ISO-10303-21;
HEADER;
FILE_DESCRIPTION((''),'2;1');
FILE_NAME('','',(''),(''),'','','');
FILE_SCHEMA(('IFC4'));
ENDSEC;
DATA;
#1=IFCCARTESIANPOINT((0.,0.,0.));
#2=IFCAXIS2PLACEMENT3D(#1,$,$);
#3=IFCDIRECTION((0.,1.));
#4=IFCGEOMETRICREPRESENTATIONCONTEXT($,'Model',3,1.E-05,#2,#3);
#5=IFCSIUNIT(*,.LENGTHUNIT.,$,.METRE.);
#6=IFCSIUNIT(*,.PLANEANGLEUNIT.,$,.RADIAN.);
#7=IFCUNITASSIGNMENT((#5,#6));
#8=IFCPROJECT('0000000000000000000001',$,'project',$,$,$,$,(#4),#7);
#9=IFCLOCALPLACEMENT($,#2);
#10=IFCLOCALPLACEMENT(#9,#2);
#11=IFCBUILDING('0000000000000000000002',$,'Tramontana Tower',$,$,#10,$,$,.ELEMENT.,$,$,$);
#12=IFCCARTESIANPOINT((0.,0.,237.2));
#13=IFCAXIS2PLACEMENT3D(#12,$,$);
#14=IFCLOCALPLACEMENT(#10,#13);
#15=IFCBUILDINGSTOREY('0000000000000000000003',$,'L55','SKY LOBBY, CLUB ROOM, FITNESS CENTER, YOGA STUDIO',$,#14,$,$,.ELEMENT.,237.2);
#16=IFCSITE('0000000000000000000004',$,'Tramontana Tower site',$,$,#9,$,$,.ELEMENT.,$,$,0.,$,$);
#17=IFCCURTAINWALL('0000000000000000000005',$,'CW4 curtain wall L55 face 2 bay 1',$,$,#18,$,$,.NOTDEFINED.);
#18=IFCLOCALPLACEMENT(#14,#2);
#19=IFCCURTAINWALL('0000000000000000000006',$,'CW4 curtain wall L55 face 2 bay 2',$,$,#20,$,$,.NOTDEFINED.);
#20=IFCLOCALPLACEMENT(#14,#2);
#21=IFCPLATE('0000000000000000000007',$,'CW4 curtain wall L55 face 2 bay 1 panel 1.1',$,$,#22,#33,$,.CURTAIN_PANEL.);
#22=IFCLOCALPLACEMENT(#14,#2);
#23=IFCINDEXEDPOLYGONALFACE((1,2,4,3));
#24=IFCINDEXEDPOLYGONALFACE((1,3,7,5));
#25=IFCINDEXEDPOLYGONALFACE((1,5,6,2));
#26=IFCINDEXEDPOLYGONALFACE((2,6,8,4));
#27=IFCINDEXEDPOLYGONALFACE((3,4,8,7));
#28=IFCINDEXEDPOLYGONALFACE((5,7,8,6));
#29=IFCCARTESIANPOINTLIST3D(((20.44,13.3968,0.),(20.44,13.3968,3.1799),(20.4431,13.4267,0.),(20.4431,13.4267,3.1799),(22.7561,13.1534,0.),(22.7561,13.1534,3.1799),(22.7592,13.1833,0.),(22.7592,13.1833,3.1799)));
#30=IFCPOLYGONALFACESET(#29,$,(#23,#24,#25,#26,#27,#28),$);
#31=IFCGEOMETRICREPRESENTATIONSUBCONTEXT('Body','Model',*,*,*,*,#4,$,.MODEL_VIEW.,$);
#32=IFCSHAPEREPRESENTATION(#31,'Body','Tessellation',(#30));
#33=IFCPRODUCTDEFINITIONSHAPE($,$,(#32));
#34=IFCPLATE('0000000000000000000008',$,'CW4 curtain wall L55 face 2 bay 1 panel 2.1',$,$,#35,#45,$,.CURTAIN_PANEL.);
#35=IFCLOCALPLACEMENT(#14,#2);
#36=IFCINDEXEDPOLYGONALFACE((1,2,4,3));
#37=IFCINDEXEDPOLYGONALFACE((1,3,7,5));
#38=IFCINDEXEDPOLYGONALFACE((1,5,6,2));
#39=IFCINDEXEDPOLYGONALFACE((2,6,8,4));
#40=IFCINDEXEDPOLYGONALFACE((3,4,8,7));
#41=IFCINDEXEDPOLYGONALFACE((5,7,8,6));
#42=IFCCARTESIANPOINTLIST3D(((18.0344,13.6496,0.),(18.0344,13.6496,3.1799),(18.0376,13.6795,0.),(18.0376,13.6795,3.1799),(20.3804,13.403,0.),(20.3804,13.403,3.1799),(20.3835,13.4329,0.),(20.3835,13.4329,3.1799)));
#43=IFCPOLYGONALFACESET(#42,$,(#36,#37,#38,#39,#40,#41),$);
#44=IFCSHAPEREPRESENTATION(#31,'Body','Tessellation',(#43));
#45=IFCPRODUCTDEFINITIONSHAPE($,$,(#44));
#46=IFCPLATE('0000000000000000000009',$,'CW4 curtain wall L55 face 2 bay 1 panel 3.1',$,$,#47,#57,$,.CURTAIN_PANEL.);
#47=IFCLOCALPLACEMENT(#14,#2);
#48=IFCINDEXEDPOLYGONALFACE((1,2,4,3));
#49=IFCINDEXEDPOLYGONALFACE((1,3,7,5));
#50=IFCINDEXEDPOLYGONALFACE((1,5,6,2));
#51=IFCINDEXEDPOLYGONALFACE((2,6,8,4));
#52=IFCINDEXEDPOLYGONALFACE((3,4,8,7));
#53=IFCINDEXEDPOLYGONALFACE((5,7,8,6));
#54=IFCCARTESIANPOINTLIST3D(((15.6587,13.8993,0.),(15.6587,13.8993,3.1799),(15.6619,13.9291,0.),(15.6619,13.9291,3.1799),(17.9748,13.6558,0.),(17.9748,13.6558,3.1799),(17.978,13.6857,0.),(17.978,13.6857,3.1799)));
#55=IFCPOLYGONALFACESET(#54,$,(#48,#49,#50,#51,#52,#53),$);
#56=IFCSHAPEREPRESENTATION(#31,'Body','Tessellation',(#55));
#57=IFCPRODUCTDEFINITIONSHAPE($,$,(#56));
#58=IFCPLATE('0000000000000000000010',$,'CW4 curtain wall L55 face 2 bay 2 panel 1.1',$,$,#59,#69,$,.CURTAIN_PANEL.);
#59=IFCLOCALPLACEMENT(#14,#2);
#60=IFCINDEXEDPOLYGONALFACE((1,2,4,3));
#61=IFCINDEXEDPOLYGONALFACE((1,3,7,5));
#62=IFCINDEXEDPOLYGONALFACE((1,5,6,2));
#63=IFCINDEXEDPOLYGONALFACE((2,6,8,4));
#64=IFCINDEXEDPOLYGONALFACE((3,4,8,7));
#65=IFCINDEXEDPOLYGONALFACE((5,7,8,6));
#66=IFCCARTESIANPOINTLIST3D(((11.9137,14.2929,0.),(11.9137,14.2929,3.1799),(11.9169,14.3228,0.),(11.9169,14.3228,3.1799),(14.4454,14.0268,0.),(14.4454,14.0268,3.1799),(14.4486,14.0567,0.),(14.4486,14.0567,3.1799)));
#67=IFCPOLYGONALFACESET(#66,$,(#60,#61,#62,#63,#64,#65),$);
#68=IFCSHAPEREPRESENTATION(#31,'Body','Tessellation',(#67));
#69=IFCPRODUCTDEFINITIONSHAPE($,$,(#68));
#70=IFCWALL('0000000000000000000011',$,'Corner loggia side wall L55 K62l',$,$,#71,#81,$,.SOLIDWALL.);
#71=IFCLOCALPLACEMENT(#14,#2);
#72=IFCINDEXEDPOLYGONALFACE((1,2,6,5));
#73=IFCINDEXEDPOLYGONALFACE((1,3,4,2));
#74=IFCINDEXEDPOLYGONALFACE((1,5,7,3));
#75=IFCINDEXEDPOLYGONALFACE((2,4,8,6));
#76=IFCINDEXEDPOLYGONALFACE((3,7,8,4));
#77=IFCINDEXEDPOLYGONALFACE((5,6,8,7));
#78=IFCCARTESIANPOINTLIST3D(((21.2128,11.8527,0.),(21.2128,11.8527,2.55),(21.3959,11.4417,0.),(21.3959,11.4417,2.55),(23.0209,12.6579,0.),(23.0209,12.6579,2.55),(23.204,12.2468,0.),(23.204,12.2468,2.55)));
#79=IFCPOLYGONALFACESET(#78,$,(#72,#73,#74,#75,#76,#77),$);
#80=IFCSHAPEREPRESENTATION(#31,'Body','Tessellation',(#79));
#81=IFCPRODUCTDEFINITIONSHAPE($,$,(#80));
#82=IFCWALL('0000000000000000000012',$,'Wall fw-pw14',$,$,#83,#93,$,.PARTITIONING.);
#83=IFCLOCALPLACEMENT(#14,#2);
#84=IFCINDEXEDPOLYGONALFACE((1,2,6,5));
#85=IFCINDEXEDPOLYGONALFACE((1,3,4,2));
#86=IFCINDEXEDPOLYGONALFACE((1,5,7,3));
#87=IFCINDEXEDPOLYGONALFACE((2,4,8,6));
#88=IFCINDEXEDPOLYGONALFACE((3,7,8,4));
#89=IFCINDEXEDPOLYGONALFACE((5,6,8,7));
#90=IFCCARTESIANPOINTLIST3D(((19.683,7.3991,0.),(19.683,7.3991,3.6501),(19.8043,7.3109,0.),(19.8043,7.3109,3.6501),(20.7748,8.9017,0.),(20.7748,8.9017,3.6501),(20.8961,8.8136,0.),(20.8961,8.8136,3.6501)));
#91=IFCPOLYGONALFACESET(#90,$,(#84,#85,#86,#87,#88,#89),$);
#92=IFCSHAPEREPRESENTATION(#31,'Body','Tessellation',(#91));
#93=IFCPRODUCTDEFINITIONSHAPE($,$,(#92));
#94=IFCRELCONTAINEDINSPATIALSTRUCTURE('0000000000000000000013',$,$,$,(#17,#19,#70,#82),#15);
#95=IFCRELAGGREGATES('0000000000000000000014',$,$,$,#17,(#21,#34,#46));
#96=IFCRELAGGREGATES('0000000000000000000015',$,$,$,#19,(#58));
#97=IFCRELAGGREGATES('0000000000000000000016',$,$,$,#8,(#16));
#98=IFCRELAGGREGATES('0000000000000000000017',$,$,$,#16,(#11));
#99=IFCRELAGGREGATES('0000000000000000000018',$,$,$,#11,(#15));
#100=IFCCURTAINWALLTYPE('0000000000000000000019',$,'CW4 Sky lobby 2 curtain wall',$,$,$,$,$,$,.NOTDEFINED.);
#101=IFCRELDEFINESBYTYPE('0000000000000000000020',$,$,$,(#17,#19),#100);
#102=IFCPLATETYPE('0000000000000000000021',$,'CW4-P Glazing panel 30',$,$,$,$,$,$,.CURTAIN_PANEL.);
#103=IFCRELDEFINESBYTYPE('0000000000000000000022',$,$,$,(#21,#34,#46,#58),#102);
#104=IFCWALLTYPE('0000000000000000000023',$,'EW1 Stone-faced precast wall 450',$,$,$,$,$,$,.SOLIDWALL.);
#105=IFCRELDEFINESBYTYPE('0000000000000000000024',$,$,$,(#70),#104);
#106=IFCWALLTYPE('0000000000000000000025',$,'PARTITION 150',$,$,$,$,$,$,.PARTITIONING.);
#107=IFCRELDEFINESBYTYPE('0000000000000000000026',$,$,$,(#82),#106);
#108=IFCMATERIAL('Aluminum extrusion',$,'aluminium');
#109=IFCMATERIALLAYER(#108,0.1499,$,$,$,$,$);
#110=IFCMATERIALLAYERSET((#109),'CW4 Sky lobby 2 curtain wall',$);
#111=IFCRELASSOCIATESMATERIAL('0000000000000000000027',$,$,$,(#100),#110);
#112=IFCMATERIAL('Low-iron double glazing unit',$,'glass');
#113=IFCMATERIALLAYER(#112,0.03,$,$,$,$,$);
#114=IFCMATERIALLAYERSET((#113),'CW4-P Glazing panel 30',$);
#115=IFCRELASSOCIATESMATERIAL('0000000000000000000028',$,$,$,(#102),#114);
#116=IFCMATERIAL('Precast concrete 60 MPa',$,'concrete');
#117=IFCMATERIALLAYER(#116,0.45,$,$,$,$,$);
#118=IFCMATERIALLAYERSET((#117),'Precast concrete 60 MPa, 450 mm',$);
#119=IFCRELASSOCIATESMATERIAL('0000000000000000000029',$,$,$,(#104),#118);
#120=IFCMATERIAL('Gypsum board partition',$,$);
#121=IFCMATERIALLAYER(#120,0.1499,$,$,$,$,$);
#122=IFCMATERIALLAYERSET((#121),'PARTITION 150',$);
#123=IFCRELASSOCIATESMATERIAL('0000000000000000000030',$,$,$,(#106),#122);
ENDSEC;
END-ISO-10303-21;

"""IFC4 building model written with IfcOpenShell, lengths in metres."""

from ifc_helpers import new_model, si_unit, direction, frame, frame_2d, origin, origin_2d, place, context, subcontext, project, spatial, rectangle, extrude, material, layer, layer_set, type_object, element, aggregate, save


model = new_model("IFC4")

# Units and contexts
model_context = context("Model", 3, precision=1e-05, world=origin(), true_north=direction((0.0, 1.0)))
body_context = subcontext(model_context, "Body", "Model", "MODEL_VIEW")
ifc_project = project(units=[si_unit("LENGTHUNIT", "METRE"), si_unit("PLANEANGLEUNIT", "RADIAN")], contexts=[model_context])

# Site, building, storey
site_placement = place(None, origin())
site = spatial("IfcSite", under=ifc_project, at=site_placement, Name="Tramontana Tower site", CompositionType="ELEMENT", RefElevation=0.0)
building_placement = place(site_placement, origin())
building = spatial("IfcBuilding", under=site, at=building_placement, Name="Tramontana Tower", CompositionType="ELEMENT")
storey_placement = place(building_placement, frame((0.0, 0.0, 237.2)))
storey = spatial("IfcBuildingStorey", under=building, at=storey_placement, Name="L55", Description="SKY LOBBY, CLUB ROOM, FITNESS CENTER, YOGA STUDIO", CompositionType="ELEMENT", Elevation=237.2)

# Curtain wall
ifc_material_1 = material(Name="Aluminum extrusion", Category="aluminium")
ifc_layer_1 = layer(ifc_material_1, 0.1499)
ifc_layer_set_1 = layer_set([ifc_layer_1], Name="CW4 Sky lobby 2 curtain wall")
curtain_wall_type = type_object("IfcCurtainWallType", Name="CW4 Sky lobby 2 curtain wall", PredefinedType="NOTDEFINED", material=ifc_layer_set_1)
curtain_wall_1_placement = place(storey_placement, origin())
curtain_wall_1 = element("IfcCurtainWall", 1, at=curtain_wall_1_placement, inside=storey, type_object=curtain_wall_type, Name="CW4 curtain wall L55 face 2 bay 1", PredefinedType="NOTDEFINED")

# Curtain wall
curtain_wall_2_placement = place(storey_placement, origin())
curtain_wall_2 = element("IfcCurtainWall", 2, at=curtain_wall_2_placement, inside=storey, type_object=curtain_wall_type, Name="CW4 curtain wall L55 face 2 bay 2", PredefinedType="NOTDEFINED")

# Plates
ifc_material_2 = material(Name="Low-iron double glazing unit", Category="glass")
ifc_layer_2 = layer(ifc_material_2, 0.03)
ifc_layer_set_2 = layer_set([ifc_layer_2], Name="CW4-P Glazing panel 30")
plate_type = type_object("IfcPlateType", Name="CW4-P Glazing panel 30", PredefinedType="CURTAIN_PANEL", material=ifc_layer_set_2)
plate_1_placement = place(storey_placement, frame((21.5996, 13.29, 0.0), z_axis=(0.0, 0.0, 1.0), x_axis=(-0.994522, 0.104528, 0.0)))
plate_1 = element("IfcPlate", 3, at=plate_1_placement, type_object=plate_type, Name="CW4 curtain wall L55 face 2 bay 1 panel 1.1", PredefinedType="CURTAIN_PANEL", context=body_context, shape_type="SweptSolid", body=[
    extrude(rectangle(XDim=2.3289, YDim=0.03, at=origin_2d()), origin(), (0.0, 0.0, 1.0), 3.1799),
])
plate_2_placement = place(storey_placement, frame((19.209, 13.5413, 0.0), z_axis=(0.0, 0.0, 1.0), x_axis=(-0.994522, 0.104528, 0.0)))
plate_2 = element("IfcPlate", 4, at=plate_2_placement, type_object=plate_type, Name="CW4 curtain wall L55 face 2 bay 1 panel 2.1", PredefinedType="CURTAIN_PANEL", context=body_context, shape_type="SweptSolid", body=[
    extrude(rectangle(XDim=2.3589, YDim=0.03, at=origin_2d()), origin(), (0.0, 0.0, 1.0), 3.1799),
])
plate_3_placement = place(storey_placement, frame((16.8184, 13.7925, 0.0), z_axis=(0.0, 0.0, 1.0), x_axis=(-0.994522, 0.104528, 0.0)))
plate_3 = element("IfcPlate", 5, at=plate_3_placement, type_object=plate_type, Name="CW4 curtain wall L55 face 2 bay 1 panel 3.1", PredefinedType="CURTAIN_PANEL", context=body_context, shape_type="SweptSolid", body=[
    extrude(rectangle(XDim=2.3289, YDim=0.03, at=origin_2d()), origin(), (0.0, 0.0, 1.0), 3.1799),
])
aggregate(curtain_wall_1, [plate_1, plate_2, plate_3])
plate_4_placement = place(storey_placement, frame((13.1812, 14.1748, 0.0), z_axis=(0.0, 0.0, 1.0), x_axis=(-0.994522, 0.104528, 0.0)))
plate_4 = element("IfcPlate", 6, at=plate_4_placement, type_object=plate_type, Name="CW4 curtain wall L55 face 2 bay 2 panel 1.1", PredefinedType="CURTAIN_PANEL", context=body_context, shape_type="SweptSolid", body=[
    extrude(rectangle(XDim=2.5457, YDim=0.03, at=origin_2d()), origin(), (0.0, 0.0, 1.0), 3.1799),
])
aggregate(curtain_wall_2, [plate_4])

# Wall
ifc_material_3 = material(Name="Precast concrete 60 MPa", Category="concrete")
ifc_layer_3 = layer(ifc_material_3, 0.45)
ifc_layer_set_3 = layer_set([ifc_layer_3], Name="Precast concrete 60 MPa, 450 mm")
wall_type_1 = type_object("IfcWallType", Name="EW1 Stone-faced precast wall 450", PredefinedType="SOLIDWALL", material=ifc_layer_set_3)
wall_1_placement = place(storey_placement, frame((23.1125, 12.4524, 0.0), z_axis=(0.0, 0.0, 1.0), x_axis=(-0.913516, -0.406802, 0.0)))
element("IfcWall", 7, at=wall_1_placement, inside=storey, type_object=wall_type_1, Name="Corner loggia side wall L55 K62l", PredefinedType="SOLIDWALL", context=body_context, shape_type="SweptSolid", body=[
    extrude(rectangle(XDim=1.9792, YDim=0.45, at=frame_2d((0.9897, 0.0))), origin(), (0.0, 0.0, 1.0), 2.55),
])

# Wall
ifc_material_4 = material(Name="Gypsum board partition")
ifc_layer_4 = layer(ifc_material_4, 0.1499)
ifc_layer_set_4 = layer_set([ifc_layer_4], Name="PARTITION 150")
wall_type_2 = type_object("IfcWallType", Name="PARTITION 150", PredefinedType="PARTITIONING", material=ifc_layer_set_4)
wall_2_placement = place(storey_placement, frame((20.8354, 8.8577, 0.0), z_axis=(0.0, 0.0, 1.0), x_axis=(-0.587796, -0.809009, 0.0)))
element("IfcWall", 8, at=wall_2_placement, inside=storey, type_object=wall_type_2, Name="Wall fw-pw14", PredefinedType="PARTITIONING", context=body_context, shape_type="SweptSolid", body=[
    extrude(rectangle(XDim=1.8574, YDim=0.1499, at=frame_2d((0.9287, 0.0))), origin(), (0.0, 0.0, 1.0), 3.6501),
])

save(model, "model.ifc")
